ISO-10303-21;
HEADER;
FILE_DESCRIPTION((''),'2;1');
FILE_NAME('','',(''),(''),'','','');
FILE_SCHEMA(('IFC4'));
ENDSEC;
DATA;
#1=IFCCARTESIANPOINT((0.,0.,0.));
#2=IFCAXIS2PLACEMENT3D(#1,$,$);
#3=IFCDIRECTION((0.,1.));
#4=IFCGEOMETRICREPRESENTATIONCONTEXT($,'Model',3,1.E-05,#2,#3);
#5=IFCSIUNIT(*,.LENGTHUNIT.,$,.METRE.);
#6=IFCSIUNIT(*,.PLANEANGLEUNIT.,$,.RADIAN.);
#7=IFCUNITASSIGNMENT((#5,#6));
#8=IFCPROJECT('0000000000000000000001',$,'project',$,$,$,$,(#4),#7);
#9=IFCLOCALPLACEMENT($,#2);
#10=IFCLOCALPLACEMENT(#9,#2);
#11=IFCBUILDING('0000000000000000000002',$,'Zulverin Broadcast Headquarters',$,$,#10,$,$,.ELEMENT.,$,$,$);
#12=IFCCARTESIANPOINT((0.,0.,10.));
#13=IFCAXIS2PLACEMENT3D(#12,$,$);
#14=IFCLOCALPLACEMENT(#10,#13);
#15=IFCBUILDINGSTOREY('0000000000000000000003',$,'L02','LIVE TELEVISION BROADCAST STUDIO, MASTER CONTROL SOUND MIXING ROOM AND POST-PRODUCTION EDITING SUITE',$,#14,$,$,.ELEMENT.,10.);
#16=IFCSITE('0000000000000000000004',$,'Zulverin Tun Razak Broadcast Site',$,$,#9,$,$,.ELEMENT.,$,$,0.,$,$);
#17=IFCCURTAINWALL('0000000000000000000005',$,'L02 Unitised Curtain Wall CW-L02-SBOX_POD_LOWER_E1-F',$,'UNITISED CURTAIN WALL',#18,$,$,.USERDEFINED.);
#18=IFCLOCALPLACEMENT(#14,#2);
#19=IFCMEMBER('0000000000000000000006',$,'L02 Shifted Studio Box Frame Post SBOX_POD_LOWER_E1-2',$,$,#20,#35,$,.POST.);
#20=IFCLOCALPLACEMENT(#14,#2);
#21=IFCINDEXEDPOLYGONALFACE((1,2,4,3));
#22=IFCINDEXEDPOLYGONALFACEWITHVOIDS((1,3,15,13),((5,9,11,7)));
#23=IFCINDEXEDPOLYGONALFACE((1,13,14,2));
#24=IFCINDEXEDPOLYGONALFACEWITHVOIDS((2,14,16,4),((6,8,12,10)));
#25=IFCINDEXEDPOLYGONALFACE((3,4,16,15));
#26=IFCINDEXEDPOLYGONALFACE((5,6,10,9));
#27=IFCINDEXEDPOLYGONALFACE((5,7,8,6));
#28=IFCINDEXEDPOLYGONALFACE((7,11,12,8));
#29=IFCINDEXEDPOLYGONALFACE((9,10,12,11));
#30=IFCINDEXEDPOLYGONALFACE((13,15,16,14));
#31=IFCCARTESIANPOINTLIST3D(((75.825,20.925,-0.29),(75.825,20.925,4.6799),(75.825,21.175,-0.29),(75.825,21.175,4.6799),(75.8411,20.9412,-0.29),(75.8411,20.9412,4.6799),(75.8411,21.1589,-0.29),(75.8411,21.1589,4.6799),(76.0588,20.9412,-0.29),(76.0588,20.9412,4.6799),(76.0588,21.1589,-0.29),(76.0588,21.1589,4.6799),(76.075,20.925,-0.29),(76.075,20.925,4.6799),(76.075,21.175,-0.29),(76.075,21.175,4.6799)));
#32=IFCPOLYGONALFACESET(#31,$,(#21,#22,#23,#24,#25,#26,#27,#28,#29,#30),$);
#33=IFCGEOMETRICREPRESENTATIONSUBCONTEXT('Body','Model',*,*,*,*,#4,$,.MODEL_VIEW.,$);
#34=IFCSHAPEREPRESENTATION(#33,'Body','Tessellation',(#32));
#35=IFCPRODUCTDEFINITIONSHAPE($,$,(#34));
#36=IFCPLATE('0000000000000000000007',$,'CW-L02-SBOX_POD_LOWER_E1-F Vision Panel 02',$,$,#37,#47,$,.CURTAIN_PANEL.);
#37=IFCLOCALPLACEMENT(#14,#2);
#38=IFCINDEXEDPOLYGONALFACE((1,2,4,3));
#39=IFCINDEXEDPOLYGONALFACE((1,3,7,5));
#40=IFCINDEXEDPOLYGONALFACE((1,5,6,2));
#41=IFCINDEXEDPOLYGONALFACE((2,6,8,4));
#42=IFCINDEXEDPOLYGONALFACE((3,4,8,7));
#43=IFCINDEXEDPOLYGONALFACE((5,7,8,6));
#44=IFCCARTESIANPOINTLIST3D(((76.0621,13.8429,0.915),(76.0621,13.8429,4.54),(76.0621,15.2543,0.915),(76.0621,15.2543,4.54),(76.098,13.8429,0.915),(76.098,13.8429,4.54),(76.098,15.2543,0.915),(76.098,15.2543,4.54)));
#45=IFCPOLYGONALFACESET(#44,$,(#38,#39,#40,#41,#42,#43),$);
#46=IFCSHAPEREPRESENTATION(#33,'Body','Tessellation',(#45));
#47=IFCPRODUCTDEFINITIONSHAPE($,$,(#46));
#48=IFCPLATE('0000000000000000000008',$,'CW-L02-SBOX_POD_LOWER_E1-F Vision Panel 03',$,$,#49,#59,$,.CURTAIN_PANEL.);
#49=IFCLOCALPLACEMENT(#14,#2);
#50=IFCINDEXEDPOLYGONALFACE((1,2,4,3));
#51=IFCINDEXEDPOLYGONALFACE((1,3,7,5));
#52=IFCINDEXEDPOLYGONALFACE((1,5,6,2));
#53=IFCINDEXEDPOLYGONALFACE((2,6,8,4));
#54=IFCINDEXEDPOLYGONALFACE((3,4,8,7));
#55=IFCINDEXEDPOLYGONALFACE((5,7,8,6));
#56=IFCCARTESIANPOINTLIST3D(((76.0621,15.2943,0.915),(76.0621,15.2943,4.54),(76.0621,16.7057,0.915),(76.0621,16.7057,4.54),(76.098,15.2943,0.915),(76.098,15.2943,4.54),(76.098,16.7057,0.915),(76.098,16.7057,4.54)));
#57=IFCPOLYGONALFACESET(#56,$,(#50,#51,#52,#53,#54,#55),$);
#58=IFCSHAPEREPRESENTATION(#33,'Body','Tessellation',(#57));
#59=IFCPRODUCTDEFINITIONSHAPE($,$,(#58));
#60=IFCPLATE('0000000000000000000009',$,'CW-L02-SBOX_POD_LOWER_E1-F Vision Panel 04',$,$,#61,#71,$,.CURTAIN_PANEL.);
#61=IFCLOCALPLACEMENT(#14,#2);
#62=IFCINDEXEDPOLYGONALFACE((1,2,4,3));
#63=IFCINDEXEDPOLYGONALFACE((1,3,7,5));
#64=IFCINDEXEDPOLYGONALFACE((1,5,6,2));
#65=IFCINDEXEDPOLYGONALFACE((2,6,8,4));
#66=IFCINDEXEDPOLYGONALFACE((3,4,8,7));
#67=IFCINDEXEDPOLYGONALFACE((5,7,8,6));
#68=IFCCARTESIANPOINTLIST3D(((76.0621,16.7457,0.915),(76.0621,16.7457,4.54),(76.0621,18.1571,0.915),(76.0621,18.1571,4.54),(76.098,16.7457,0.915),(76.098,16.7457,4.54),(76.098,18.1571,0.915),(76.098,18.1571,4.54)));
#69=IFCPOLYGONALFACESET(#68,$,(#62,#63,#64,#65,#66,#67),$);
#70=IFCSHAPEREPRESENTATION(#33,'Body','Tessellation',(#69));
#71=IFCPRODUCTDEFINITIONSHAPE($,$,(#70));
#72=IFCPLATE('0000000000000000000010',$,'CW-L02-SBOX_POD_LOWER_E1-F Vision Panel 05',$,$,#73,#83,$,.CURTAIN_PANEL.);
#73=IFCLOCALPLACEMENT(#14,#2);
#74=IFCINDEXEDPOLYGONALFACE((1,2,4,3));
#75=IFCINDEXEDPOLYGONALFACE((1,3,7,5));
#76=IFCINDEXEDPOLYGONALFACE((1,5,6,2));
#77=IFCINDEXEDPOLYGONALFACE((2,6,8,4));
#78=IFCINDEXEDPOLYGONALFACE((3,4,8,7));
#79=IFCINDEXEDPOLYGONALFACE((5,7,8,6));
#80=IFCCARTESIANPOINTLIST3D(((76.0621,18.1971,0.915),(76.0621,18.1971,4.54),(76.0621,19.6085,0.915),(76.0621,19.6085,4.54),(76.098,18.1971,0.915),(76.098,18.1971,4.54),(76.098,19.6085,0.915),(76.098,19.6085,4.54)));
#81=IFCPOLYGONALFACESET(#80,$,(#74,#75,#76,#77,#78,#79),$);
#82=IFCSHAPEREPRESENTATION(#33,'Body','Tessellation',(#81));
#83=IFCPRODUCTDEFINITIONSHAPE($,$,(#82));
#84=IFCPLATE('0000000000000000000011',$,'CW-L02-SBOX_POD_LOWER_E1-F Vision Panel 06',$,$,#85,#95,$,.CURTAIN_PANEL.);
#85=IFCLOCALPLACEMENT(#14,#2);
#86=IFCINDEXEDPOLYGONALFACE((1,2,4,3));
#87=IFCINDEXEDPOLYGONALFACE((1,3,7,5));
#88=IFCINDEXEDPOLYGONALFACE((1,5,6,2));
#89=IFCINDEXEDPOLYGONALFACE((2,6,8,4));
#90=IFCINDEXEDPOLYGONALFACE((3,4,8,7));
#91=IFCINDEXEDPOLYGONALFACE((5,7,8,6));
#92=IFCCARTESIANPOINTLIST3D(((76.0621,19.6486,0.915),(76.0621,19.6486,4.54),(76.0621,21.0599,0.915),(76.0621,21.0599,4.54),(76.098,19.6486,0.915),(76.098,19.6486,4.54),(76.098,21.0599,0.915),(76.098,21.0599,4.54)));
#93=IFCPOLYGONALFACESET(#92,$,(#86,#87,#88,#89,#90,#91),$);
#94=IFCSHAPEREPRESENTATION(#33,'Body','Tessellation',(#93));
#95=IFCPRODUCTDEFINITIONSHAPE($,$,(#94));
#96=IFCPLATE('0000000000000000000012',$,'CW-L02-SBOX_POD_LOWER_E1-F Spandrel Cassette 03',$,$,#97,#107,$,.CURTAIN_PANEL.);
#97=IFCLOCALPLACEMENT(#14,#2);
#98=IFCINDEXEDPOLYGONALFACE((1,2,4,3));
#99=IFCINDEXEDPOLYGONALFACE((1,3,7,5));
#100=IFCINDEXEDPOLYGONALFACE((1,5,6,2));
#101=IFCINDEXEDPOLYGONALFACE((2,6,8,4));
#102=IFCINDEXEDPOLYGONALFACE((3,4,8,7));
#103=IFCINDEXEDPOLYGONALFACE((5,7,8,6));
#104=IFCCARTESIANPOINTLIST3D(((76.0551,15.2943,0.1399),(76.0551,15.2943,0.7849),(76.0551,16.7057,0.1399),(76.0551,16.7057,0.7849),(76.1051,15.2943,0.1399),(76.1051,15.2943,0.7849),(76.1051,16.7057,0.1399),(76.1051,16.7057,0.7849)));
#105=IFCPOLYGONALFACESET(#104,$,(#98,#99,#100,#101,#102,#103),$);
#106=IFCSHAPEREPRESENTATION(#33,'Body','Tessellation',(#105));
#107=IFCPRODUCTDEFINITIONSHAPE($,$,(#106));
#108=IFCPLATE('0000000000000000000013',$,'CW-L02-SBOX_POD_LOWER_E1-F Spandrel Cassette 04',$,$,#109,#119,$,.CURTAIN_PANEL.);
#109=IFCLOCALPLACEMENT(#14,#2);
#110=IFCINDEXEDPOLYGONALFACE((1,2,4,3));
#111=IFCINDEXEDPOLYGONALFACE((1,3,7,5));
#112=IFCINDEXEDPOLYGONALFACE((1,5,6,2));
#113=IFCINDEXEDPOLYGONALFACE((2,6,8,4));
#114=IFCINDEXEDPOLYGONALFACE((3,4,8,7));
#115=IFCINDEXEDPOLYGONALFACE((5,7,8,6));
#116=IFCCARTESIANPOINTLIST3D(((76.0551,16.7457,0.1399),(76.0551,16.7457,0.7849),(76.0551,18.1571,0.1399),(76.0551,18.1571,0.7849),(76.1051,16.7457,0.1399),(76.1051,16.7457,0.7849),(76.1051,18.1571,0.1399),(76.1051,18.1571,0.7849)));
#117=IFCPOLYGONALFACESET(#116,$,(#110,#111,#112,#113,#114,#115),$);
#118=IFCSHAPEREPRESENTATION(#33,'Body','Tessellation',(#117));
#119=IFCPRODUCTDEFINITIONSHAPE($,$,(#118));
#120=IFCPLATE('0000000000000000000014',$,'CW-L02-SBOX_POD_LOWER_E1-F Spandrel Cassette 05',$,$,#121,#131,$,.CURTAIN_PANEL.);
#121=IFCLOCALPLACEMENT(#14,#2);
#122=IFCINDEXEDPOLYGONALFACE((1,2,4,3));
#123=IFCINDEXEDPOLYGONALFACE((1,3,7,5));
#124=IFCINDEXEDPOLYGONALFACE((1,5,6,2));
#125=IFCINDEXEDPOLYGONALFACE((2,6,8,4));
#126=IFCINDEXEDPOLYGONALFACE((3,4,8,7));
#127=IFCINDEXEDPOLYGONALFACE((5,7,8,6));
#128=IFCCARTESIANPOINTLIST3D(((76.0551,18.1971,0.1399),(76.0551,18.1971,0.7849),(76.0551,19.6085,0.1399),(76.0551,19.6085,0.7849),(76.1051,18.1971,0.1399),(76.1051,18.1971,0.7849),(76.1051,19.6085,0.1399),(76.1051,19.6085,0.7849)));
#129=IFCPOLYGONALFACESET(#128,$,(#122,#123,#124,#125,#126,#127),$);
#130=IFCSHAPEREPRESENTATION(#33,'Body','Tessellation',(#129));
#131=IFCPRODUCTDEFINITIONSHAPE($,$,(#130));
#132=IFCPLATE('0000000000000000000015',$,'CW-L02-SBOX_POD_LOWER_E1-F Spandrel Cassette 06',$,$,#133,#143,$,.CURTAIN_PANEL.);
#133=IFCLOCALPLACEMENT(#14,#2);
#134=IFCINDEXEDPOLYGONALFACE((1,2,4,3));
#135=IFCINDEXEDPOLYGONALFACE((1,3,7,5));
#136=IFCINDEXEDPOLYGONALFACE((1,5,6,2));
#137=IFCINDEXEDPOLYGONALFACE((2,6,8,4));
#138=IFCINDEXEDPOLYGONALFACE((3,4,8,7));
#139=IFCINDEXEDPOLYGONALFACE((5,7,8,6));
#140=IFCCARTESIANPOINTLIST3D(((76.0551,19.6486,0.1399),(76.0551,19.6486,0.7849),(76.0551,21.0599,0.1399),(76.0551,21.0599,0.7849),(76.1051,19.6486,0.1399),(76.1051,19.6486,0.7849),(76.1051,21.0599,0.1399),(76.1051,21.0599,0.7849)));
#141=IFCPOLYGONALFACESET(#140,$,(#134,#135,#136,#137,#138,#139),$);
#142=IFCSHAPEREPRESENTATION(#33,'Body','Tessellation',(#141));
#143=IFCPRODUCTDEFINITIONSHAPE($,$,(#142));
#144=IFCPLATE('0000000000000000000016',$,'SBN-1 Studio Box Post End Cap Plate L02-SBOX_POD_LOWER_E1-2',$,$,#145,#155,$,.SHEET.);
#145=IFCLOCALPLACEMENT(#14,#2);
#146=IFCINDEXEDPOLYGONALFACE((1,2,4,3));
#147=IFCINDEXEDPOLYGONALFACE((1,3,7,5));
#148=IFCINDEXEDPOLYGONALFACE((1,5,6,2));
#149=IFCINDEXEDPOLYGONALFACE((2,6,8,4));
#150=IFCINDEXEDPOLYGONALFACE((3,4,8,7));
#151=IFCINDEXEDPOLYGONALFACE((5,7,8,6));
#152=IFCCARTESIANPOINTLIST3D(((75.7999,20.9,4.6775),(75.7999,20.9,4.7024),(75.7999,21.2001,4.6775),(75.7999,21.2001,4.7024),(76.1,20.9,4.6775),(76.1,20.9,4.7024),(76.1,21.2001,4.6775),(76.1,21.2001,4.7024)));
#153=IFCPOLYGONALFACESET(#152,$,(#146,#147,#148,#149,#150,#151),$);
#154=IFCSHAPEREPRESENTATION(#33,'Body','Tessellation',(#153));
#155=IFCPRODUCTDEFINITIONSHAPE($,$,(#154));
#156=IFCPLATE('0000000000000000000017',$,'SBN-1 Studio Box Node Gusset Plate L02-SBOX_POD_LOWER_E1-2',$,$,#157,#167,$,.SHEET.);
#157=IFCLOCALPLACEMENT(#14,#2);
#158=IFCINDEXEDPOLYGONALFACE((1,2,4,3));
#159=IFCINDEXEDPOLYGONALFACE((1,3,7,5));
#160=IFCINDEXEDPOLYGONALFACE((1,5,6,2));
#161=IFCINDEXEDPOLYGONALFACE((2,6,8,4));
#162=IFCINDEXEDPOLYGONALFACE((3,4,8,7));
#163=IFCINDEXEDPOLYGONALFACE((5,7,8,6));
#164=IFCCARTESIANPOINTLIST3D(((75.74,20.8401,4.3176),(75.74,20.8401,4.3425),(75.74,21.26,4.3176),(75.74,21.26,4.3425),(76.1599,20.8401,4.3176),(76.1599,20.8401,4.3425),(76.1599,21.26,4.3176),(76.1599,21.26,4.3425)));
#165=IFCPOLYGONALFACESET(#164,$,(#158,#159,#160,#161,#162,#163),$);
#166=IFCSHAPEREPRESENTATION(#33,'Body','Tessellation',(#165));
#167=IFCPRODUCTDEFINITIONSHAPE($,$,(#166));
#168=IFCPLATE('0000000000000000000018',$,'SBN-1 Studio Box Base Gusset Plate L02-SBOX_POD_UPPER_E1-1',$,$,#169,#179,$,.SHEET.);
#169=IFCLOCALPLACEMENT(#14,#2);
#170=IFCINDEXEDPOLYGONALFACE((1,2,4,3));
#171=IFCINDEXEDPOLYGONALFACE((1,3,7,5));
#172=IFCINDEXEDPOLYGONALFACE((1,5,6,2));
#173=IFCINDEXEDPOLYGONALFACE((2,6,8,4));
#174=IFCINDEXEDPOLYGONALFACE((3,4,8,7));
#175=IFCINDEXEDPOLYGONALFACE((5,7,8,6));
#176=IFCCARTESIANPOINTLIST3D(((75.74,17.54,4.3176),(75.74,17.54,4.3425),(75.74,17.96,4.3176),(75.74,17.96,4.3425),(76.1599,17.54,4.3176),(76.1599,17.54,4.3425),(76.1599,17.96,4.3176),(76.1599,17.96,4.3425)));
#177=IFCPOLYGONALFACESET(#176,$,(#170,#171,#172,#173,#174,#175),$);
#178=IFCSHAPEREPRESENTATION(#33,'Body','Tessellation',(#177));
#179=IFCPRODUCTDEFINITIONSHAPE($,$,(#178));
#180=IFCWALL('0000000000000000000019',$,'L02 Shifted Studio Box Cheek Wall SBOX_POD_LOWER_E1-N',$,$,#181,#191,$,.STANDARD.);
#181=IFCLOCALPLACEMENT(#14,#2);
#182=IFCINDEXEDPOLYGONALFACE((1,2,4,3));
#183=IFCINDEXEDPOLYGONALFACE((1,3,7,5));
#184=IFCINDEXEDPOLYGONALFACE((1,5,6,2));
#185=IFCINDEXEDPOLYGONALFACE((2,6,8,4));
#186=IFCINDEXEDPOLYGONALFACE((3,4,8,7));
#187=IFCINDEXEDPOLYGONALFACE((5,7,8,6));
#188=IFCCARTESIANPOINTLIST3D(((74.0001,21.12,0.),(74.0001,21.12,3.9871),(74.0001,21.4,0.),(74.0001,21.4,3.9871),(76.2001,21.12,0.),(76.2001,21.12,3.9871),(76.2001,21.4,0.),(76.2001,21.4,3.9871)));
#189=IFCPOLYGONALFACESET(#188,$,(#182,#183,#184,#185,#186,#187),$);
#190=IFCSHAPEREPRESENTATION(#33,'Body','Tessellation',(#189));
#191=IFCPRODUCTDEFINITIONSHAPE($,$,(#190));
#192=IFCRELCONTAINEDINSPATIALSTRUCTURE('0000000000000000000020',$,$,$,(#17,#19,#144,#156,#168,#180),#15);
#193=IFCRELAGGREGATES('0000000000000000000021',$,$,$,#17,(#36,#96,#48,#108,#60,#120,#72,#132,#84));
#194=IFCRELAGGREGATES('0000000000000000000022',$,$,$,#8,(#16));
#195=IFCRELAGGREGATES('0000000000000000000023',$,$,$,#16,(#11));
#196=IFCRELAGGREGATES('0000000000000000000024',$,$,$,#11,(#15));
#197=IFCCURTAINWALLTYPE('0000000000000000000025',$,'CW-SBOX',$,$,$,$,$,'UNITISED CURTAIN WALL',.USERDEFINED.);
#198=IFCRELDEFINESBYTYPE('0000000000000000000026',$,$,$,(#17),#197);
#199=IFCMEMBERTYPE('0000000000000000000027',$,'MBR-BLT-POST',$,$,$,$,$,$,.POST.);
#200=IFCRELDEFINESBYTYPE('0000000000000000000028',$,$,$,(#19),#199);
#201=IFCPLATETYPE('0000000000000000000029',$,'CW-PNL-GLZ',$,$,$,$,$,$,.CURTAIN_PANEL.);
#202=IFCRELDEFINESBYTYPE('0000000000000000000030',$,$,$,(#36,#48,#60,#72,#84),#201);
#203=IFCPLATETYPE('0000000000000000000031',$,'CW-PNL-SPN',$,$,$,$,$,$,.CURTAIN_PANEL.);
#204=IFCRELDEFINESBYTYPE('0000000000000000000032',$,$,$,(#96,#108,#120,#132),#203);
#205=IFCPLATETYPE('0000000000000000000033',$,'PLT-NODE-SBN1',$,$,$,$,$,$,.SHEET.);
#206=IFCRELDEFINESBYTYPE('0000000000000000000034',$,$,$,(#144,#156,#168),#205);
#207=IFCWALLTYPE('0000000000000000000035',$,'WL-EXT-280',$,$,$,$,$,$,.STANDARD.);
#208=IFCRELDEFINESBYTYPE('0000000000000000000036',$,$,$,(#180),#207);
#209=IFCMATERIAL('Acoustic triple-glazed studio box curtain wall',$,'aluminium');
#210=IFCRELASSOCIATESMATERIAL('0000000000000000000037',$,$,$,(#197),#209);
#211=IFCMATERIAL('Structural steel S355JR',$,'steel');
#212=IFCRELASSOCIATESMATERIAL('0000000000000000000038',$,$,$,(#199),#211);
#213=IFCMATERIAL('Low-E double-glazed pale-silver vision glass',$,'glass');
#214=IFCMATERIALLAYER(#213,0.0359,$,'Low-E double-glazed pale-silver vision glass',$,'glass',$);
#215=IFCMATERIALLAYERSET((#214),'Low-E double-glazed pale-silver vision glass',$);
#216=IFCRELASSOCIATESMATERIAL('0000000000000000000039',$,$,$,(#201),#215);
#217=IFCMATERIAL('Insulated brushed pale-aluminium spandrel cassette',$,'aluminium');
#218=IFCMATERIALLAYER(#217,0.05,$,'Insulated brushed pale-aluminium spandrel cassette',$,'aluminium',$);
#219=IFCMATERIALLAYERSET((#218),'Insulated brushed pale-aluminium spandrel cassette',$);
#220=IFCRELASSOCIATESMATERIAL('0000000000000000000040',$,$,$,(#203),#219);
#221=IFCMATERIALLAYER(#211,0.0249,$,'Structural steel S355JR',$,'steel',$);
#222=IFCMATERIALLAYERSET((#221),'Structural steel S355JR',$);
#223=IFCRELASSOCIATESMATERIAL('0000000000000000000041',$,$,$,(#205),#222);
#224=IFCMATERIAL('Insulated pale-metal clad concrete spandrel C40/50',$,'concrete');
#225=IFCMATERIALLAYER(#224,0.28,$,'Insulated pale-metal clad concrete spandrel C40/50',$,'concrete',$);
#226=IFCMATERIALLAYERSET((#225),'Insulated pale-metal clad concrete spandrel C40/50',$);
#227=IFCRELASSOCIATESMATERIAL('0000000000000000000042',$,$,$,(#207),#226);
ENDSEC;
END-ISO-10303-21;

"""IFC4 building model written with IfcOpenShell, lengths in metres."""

from ifc_helpers import new_model, si_unit, direction, frame, frame_2d, origin, origin_2d, place, context, subcontext, project, spatial, rectangle, hollow_rectangle, extrude, material, layer, layer_set, material_profile, profile_set, type_object, element, aggregate, save


model = new_model("IFC4")

# Units and contexts
model_context = context("Model", 3, precision=1e-05, world=origin(), true_north=direction((0.0, 1.0)))
body_context = subcontext(model_context, "Body", "Model", "MODEL_VIEW")
ifc_project = project(units=[si_unit("LENGTHUNIT", "METRE"), si_unit("PLANEANGLEUNIT", "RADIAN")], contexts=[model_context])

# Site, building, storey
site_placement = place(None, origin())
site = spatial("IfcSite", under=ifc_project, at=site_placement, Name="Zulverin Tun Razak Broadcast Site", CompositionType="ELEMENT", RefElevation=0.0)
building_placement = place(site_placement, origin())
building = spatial("IfcBuilding", under=site, at=building_placement, Name="Zulverin Broadcast Headquarters", CompositionType="ELEMENT")
storey_placement = place(building_placement, frame((0.0, 0.0, 10.0)))
storey = spatial("IfcBuildingStorey", under=building, at=storey_placement, Name="L02", Description="LIVE TELEVISION BROADCAST STUDIO, MASTER CONTROL SOUND MIXING ROOM AND POST-PRODUCTION EDITING SUITE", CompositionType="ELEMENT", Elevation=10.0)

# Shared definitions
ifc_material_1 = material(Name="Structural steel S355JR", Category="steel")

# Curtain wall
ifc_material_2 = material(Name="Acoustic triple-glazed studio box curtain wall", Category="aluminium")
curtain_wall_type = type_object("IfcCurtainWallType", Name="CW-SBOX", ElementType="UNITISED CURTAIN WALL", PredefinedType="USERDEFINED", material=ifc_material_2)
curtain_wall_placement = place(storey_placement, origin())
curtain_wall = element("IfcCurtainWall", 1, at=curtain_wall_placement, inside=storey, type_object=curtain_wall_type, Name="L02 Unitised Curtain Wall CW-L02-SBOX_POD_LOWER_E1-F", ObjectType="UNITISED CURTAIN WALL", PredefinedType="USERDEFINED")

# Member
ifc_material_profile_1 = material_profile(ifc_material_1, hollow_rectangle(XDim=0.25, YDim=0.25, WallThickness=0.0161, at=origin_2d()), Name="Structural steel S355JR", Category="steel")
ifc_profile_set_1 = profile_set([ifc_material_profile_1], Name="Structural steel S355JR")
member_type_1 = type_object("IfcMemberType", Name="MBR-BLT-POST", PredefinedType="POST", material=ifc_profile_set_1)
member_1_placement = place(storey_placement, frame((75.95, 21.05, -0.29), z_axis=(0.0, 0.0, 1.0), x_axis=(1.0, 0.0, 0.0)))
element("IfcMember", 2, at=member_1_placement, inside=storey, type_object=member_type_1, Name="L02 Shifted Studio Box Frame Post SBOX_POD_LOWER_E1-2", PredefinedType="POST", context=body_context, shape_type="SweptSolid", body=[
    extrude(hollow_rectangle(XDim=0.25, YDim=0.25, WallThickness=0.0161, at=origin_2d()), origin(), (0.0, 0.0, 1.0), 4.97),
])

# Plates
ifc_material_3 = material(Name="Low-E double-glazed pale-silver vision glass", Category="glass")
ifc_layer_1 = layer(ifc_material_3, 0.0359, Name="Low-E double-glazed pale-silver vision glass", Category="glass")
ifc_layer_set_1 = layer_set([ifc_layer_1], Name="Low-E double-glazed pale-silver vision glass")
plate_type_1 = type_object("IfcPlateType", Name="CW-PNL-GLZ", PredefinedType="CURTAIN_PANEL", material=ifc_layer_set_1)
plate_1_placement = place(storey_placement, frame((76.0801, 14.5486, 0.915), z_axis=(0.0, 0.0, 1.0), x_axis=(0.0, 1.0, 0.0)))
plate_1 = element("IfcPlate", 3, at=plate_1_placement, type_object=plate_type_1, Name="CW-L02-SBOX_POD_LOWER_E1-F Vision Panel 02", PredefinedType="CURTAIN_PANEL", context=body_context, shape_type="SweptSolid", body=[
    extrude(rectangle(XDim=1.4114, YDim=0.0359, at=origin_2d()), origin(), (0.0, 0.0, 1.0), 3.625),
])
plate_2_placement = place(storey_placement, frame((76.0801, 16.0, 0.915), z_axis=(0.0, 0.0, 1.0), x_axis=(0.0, 1.0, 0.0)))
plate_2 = element("IfcPlate", 4, at=plate_2_placement, type_object=plate_type_1, Name="CW-L02-SBOX_POD_LOWER_E1-F Vision Panel 03", PredefinedType="CURTAIN_PANEL", context=body_context, shape_type="SweptSolid", body=[
    extrude(rectangle(XDim=1.4114, YDim=0.0359, at=origin_2d()), origin(), (0.0, 0.0, 1.0), 3.625),
])
plate_3_placement = place(storey_placement, frame((76.0801, 17.4514, 0.915), z_axis=(0.0, 0.0, 1.0), x_axis=(0.0, 1.0, 0.0)))
plate_3 = element("IfcPlate", 5, at=plate_3_placement, type_object=plate_type_1, Name="CW-L02-SBOX_POD_LOWER_E1-F Vision Panel 04", PredefinedType="CURTAIN_PANEL", context=body_context, shape_type="SweptSolid", body=[
    extrude(rectangle(XDim=1.4114, YDim=0.0359, at=origin_2d()), origin(), (0.0, 0.0, 1.0), 3.625),
])
plate_4_placement = place(storey_placement, frame((76.0801, 18.9028, 0.915), z_axis=(0.0, 0.0, 1.0), x_axis=(0.0, 1.0, 0.0)))
plate_4 = element("IfcPlate", 6, at=plate_4_placement, type_object=plate_type_1, Name="CW-L02-SBOX_POD_LOWER_E1-F Vision Panel 05", PredefinedType="CURTAIN_PANEL", context=body_context, shape_type="SweptSolid", body=[
    extrude(rectangle(XDim=1.4114, YDim=0.0359, at=origin_2d()), origin(), (0.0, 0.0, 1.0), 3.625),
])
plate_5_placement = place(storey_placement, frame((76.0801, 20.3542, 0.915), z_axis=(0.0, 0.0, 1.0), x_axis=(0.0, 1.0, 0.0)))
plate_5 = element("IfcPlate", 7, at=plate_5_placement, type_object=plate_type_1, Name="CW-L02-SBOX_POD_LOWER_E1-F Vision Panel 06", PredefinedType="CURTAIN_PANEL", context=body_context, shape_type="SweptSolid", body=[
    extrude(rectangle(XDim=1.4114, YDim=0.0359, at=origin_2d()), origin(), (0.0, 0.0, 1.0), 3.625),
])
ifc_material_4 = material(Name="Insulated brushed pale-aluminium spandrel cassette", Category="aluminium")
ifc_layer_2 = layer(ifc_material_4, 0.05, Name="Insulated brushed pale-aluminium spandrel cassette", Category="aluminium")
ifc_layer_set_2 = layer_set([ifc_layer_2], Name="Insulated brushed pale-aluminium spandrel cassette")
plate_type_2 = type_object("IfcPlateType", Name="CW-PNL-SPN", PredefinedType="CURTAIN_PANEL", material=ifc_layer_set_2)
plate_6_placement = place(storey_placement, frame((76.0801, 16.0, 0.1399), z_axis=(0.0, 0.0, 1.0), x_axis=(0.0, 1.0, 0.0)))
plate_6 = element("IfcPlate", 8, at=plate_6_placement, type_object=plate_type_2, Name="CW-L02-SBOX_POD_LOWER_E1-F Spandrel Cassette 03", PredefinedType="CURTAIN_PANEL", context=body_context, shape_type="SweptSolid", body=[
    extrude(rectangle(XDim=1.4114, YDim=0.05, at=origin_2d()), origin(), (0.0, 0.0, 1.0), 0.645),
])
plate_7_placement = place(storey_placement, frame((76.0801, 17.4514, 0.1399), z_axis=(0.0, 0.0, 1.0), x_axis=(0.0, 1.0, 0.0)))
plate_7 = element("IfcPlate", 9, at=plate_7_placement, type_object=plate_type_2, Name="CW-L02-SBOX_POD_LOWER_E1-F Spandrel Cassette 04", PredefinedType="CURTAIN_PANEL", context=body_context, shape_type="SweptSolid", body=[
    extrude(rectangle(XDim=1.4114, YDim=0.05, at=origin_2d()), origin(), (0.0, 0.0, 1.0), 0.645),
])
plate_8_placement = place(storey_placement, frame((76.0801, 18.9028, 0.1399), z_axis=(0.0, 0.0, 1.0), x_axis=(0.0, 1.0, 0.0)))
plate_8 = element("IfcPlate", 10, at=plate_8_placement, type_object=plate_type_2, Name="CW-L02-SBOX_POD_LOWER_E1-F Spandrel Cassette 05", PredefinedType="CURTAIN_PANEL", context=body_context, shape_type="SweptSolid", body=[
    extrude(rectangle(XDim=1.4114, YDim=0.05, at=origin_2d()), origin(), (0.0, 0.0, 1.0), 0.645),
])
plate_9_placement = place(storey_placement, frame((76.0801, 20.3542, 0.1399), z_axis=(0.0, 0.0, 1.0), x_axis=(0.0, 1.0, 0.0)))
plate_9 = element("IfcPlate", 11, at=plate_9_placement, type_object=plate_type_2, Name="CW-L02-SBOX_POD_LOWER_E1-F Spandrel Cassette 06", PredefinedType="CURTAIN_PANEL", context=body_context, shape_type="SweptSolid", body=[
    extrude(rectangle(XDim=1.4114, YDim=0.05, at=origin_2d()), origin(), (0.0, 0.0, 1.0), 0.645),
])
aggregate(curtain_wall, [plate_1, plate_6, plate_2, plate_7, plate_3, plate_8, plate_4, plate_9, plate_5])

# Plates
ifc_layer_3 = layer(ifc_material_1, 0.0249, Name="Structural steel S355JR", Category="steel")
ifc_layer_set_3 = layer_set([ifc_layer_3], Name="Structural steel S355JR")
plate_type_3 = type_object("IfcPlateType", Name="PLT-NODE-SBN1", PredefinedType="SHEET", material=ifc_layer_set_3)
plate_10_placement = place(storey_placement, frame((75.95, 21.05, 4.6775), z_axis=(0.0, 0.0, 1.0), x_axis=(1.0, 0.0, 0.0)))
element("IfcPlate", 12, at=plate_10_placement, inside=storey, type_object=plate_type_3, Name="SBN-1 Studio Box Post End Cap Plate L02-SBOX_POD_LOWER_E1-2", PredefinedType="SHEET", context=body_context, shape_type="SweptSolid", body=[
    extrude(rectangle(XDim=0.3, YDim=0.3, at=origin_2d()), origin(), (0.0, 0.0, 1.0), 0.0249),
])
for number, where, z_axis, x_axis, name in (
    (13, (75.95, 21.05, 4.3176), (0.0, 0.0, 1.0), (1.0, 0.0, 0.0), "SBN-1 Studio Box Node Gusset Plate L02-SBOX_POD_LOWER_E1-2"),
    (14, (75.95, 17.75, 4.3176), (0.0, 0.0, 1.0), (1.0, 0.0, 0.0), "SBN-1 Studio Box Base Gusset Plate L02-SBOX_POD_UPPER_E1-1"),
):
    element("IfcPlate", number, at=place(storey_placement, frame(where, z_axis=z_axis, x_axis=x_axis)), inside=storey, type_object=plate_type_3, Name=name, PredefinedType="SHEET", context=body_context, shape_type="SweptSolid", body=[
        extrude(rectangle(XDim=0.4199, YDim=0.4199, at=origin_2d()), origin(), (0.0, 0.0, 1.0), 0.0249),
    ])

# Wall
ifc_material_5 = material(Name="Insulated pale-metal clad concrete spandrel C40/50", Category="concrete")
ifc_layer_4 = layer(ifc_material_5, 0.28, Name="Insulated pale-metal clad concrete spandrel C40/50", Category="concrete")
ifc_layer_set_4 = layer_set([ifc_layer_4], Name="Insulated pale-metal clad concrete spandrel C40/50")
wall_type = type_object("IfcWallType", Name="WL-EXT-280", PredefinedType="STANDARD", material=ifc_layer_set_4)
wall_placement = place(storey_placement, frame((74.0, 21.26, 0.0), z_axis=(0.0, 0.0, 1.0), x_axis=(1.0, 0.0, 0.0)))
element("IfcWall", 15, at=wall_placement, inside=storey, type_object=wall_type, Name="L02 Shifted Studio Box Cheek Wall SBOX_POD_LOWER_E1-N", PredefinedType="STANDARD", context=body_context, shape_type="SweptSolid", body=[
    extrude(rectangle(XDim=2.2, YDim=0.28, at=frame_2d((1.1001, 0.0))), origin(), (0.0, 0.0, 1.0), 3.9871),
])

save(model, "model.ifc")
